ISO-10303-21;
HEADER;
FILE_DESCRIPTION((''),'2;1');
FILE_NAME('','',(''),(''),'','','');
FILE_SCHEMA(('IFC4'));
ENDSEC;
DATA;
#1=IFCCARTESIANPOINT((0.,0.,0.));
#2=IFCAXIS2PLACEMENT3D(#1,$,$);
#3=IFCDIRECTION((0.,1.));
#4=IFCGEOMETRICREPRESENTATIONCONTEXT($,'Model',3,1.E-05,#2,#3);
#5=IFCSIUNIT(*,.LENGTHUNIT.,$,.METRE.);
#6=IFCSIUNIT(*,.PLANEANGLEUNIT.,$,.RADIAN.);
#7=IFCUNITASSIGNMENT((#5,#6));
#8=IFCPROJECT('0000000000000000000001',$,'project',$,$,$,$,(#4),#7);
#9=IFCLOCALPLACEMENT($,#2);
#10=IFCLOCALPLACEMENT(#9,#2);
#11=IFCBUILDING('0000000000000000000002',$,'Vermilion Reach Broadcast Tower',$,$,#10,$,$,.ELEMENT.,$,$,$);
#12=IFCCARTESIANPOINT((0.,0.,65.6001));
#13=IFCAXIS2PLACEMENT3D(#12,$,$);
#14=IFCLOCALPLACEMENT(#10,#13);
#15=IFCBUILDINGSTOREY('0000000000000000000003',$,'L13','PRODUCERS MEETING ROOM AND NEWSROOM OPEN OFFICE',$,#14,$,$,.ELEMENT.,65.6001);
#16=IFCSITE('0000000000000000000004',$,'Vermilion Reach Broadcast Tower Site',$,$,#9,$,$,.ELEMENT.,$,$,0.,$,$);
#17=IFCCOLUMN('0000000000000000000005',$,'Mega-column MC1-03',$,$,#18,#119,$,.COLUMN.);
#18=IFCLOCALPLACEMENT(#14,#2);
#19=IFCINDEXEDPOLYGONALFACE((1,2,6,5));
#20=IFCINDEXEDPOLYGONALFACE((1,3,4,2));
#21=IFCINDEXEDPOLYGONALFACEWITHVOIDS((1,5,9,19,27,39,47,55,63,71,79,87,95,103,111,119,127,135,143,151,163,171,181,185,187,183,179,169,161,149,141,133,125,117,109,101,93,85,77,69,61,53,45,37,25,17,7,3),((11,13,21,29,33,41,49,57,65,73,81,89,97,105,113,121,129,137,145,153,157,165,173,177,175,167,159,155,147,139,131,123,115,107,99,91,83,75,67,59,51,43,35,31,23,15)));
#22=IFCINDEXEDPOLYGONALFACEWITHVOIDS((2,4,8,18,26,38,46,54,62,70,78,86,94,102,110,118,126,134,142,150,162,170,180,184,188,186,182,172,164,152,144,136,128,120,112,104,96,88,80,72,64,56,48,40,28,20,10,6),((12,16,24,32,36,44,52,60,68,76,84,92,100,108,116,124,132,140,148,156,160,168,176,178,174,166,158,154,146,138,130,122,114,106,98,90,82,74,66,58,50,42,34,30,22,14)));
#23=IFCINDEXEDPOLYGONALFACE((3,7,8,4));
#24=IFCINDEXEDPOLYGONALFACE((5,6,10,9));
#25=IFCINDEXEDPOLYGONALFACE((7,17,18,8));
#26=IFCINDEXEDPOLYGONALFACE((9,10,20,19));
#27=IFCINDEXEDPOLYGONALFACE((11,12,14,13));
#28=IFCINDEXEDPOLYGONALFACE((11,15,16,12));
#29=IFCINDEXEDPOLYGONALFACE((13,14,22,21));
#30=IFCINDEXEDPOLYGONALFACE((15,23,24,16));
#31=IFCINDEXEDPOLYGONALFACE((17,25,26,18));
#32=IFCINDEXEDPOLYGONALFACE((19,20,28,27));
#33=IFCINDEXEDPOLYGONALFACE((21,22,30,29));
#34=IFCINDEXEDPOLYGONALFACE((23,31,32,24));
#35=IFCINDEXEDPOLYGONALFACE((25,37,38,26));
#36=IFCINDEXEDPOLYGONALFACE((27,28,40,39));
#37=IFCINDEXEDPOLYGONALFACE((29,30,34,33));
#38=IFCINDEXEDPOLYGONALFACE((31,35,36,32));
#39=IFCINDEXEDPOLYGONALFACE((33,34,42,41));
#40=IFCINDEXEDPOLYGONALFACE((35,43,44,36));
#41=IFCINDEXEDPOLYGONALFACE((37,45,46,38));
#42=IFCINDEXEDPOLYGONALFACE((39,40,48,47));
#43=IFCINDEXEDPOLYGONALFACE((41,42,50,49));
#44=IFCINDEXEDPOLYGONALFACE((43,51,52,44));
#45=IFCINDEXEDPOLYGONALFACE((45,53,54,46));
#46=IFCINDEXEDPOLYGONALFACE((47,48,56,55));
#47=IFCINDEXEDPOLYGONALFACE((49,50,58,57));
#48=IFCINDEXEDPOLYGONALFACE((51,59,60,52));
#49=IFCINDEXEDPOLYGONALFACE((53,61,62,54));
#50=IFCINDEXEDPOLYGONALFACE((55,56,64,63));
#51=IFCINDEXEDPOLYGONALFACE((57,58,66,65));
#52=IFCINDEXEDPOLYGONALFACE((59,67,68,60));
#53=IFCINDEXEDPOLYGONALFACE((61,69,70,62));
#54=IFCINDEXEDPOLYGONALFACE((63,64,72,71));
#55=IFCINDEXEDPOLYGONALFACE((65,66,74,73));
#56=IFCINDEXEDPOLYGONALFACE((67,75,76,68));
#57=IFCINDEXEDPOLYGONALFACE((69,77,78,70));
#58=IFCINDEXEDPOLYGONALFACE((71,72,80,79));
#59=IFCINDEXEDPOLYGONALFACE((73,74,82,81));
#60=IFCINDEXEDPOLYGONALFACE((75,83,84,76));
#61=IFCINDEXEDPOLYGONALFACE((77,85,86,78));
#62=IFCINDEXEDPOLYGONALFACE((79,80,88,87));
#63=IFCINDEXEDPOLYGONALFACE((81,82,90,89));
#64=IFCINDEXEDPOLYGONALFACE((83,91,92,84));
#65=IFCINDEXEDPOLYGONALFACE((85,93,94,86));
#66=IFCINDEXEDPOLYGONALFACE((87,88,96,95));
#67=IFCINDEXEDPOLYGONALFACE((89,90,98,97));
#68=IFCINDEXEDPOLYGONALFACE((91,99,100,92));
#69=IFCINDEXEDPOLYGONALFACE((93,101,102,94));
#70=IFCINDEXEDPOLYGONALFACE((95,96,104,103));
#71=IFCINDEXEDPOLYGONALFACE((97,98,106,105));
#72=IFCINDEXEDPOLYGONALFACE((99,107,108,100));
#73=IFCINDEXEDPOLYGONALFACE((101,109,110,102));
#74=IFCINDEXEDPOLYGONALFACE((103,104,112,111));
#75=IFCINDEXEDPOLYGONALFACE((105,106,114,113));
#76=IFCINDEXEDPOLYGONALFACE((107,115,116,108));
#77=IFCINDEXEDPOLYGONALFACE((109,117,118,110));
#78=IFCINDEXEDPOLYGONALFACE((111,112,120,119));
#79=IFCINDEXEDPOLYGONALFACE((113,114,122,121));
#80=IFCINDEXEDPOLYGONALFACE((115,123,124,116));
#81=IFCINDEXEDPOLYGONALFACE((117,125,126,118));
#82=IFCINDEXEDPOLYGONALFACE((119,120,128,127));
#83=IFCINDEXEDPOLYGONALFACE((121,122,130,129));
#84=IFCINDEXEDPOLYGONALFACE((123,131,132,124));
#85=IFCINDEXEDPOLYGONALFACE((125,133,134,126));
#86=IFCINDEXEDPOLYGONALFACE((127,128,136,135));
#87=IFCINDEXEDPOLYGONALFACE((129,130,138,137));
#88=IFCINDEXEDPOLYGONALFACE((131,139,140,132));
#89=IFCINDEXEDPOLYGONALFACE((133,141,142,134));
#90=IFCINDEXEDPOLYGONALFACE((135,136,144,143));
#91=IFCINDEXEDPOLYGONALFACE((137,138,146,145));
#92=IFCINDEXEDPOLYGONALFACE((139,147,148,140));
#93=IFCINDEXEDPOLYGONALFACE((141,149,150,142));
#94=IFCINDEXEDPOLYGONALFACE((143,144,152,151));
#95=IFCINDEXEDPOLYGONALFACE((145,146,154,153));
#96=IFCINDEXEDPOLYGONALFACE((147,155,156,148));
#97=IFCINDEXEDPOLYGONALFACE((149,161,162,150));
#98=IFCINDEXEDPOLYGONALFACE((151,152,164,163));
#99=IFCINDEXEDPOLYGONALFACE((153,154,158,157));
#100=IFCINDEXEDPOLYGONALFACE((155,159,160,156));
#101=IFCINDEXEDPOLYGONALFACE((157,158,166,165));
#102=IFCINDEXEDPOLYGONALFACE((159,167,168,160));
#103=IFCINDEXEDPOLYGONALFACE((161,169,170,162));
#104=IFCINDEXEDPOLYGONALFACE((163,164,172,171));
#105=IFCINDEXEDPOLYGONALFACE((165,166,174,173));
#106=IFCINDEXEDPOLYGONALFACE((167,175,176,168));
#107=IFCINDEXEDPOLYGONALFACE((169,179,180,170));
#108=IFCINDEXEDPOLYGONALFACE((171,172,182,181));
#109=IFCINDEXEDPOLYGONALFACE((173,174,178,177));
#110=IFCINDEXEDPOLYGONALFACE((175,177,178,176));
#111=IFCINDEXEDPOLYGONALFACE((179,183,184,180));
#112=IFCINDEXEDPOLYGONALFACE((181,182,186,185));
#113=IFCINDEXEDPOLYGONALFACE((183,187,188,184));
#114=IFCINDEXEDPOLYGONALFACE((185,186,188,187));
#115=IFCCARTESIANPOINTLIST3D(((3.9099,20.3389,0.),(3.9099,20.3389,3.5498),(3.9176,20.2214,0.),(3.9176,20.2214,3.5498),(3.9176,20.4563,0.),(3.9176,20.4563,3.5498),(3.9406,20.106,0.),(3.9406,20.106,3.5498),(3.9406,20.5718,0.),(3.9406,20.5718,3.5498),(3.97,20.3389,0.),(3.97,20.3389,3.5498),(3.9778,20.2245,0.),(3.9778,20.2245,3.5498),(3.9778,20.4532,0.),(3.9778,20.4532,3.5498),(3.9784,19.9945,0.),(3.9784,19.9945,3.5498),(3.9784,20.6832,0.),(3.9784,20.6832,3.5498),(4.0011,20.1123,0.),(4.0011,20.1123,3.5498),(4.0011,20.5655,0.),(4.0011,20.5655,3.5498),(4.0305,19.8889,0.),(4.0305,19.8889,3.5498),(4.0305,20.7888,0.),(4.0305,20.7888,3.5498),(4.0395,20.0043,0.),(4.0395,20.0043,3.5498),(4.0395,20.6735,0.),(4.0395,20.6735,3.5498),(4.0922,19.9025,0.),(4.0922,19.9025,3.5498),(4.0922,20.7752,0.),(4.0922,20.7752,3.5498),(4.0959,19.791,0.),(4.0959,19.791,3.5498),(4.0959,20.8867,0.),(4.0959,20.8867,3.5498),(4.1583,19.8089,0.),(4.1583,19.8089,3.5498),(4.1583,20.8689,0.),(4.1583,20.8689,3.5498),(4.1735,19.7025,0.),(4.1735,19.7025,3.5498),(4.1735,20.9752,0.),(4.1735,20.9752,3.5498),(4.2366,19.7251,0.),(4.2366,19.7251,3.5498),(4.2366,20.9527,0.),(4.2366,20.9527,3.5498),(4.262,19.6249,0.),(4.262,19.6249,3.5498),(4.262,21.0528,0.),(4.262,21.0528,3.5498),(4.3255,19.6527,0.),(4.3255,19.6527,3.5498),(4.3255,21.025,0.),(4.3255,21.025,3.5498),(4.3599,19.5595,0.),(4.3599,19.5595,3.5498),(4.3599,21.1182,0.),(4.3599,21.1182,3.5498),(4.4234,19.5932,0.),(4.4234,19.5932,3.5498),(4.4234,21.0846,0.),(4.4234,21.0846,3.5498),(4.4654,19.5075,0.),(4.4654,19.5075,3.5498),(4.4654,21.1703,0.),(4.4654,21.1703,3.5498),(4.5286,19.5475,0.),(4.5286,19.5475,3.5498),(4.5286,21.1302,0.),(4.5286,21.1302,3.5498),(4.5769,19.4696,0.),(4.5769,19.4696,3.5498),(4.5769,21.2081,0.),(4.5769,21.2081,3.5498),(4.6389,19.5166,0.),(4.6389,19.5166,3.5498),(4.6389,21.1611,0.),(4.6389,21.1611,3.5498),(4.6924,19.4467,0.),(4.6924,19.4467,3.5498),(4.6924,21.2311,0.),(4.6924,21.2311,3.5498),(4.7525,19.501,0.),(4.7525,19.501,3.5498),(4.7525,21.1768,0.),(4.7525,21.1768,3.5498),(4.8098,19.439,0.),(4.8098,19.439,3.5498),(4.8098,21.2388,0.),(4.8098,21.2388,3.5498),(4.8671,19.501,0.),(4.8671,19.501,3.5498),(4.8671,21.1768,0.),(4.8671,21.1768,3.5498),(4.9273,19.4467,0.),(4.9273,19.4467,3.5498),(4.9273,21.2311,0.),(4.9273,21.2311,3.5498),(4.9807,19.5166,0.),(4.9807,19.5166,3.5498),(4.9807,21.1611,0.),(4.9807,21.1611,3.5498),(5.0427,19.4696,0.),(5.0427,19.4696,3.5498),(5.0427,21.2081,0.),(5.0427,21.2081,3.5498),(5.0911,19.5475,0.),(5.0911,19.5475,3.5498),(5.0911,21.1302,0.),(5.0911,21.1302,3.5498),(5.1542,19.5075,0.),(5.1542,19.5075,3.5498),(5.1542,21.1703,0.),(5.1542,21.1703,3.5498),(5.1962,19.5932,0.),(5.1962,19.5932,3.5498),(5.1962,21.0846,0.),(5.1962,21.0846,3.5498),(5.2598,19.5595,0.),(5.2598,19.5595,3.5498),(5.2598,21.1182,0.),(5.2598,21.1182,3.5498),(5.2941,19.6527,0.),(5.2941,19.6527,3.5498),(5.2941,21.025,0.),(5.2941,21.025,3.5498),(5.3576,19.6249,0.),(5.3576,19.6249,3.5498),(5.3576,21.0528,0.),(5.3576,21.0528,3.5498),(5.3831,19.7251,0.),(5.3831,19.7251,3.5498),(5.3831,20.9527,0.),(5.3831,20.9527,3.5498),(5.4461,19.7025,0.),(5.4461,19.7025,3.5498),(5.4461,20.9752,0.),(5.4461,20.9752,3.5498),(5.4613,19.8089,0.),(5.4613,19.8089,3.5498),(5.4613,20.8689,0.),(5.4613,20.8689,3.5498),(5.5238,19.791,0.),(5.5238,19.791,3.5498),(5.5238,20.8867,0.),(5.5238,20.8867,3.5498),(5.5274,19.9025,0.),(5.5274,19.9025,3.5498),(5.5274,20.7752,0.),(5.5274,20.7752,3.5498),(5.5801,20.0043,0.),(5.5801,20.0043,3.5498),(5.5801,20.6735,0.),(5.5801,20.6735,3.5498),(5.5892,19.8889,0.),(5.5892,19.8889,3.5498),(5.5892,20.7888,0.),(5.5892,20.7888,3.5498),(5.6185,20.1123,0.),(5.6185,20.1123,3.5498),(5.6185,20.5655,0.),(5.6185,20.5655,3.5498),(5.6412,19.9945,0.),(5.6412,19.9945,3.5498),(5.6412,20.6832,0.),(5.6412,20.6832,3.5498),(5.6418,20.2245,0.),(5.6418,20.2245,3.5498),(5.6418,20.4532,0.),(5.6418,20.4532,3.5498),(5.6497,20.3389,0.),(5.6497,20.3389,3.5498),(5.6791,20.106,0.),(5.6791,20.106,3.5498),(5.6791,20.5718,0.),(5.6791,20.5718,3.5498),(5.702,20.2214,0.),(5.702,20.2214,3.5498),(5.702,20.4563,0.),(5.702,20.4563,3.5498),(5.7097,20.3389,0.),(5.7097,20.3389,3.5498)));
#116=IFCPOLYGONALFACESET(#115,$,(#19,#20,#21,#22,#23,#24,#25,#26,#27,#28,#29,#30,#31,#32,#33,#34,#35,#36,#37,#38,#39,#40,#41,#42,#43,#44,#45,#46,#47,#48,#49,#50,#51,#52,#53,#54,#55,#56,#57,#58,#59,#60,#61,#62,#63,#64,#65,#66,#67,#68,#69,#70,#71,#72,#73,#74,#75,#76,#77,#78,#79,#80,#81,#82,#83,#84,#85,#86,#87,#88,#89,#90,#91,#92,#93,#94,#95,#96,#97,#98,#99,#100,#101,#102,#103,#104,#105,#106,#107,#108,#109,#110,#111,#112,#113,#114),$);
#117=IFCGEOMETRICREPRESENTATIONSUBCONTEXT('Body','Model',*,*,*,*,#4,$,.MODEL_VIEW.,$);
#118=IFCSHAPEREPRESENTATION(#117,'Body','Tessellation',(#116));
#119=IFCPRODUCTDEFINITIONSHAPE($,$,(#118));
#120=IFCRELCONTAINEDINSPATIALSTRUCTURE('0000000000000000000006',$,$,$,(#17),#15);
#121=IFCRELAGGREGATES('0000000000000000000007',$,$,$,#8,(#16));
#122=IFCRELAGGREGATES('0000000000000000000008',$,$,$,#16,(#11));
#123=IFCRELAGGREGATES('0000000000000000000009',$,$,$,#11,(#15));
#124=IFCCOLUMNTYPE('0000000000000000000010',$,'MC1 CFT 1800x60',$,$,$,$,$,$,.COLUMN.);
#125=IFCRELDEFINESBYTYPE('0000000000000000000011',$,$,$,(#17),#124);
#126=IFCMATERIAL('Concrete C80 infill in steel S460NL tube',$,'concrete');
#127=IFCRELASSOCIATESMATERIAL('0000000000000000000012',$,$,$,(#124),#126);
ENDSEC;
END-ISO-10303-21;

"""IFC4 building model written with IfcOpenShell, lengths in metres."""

from ifc_helpers import new_model, si_unit, direction, frame, origin, origin_2d, place, context, subcontext, project, spatial, hollow_circle, extrude, material, material_profile, profile_set, type_object, element, save


model = new_model("IFC4")

# Units and contexts
model_context = context("Model", 3, precision=1e-05, world=origin(), true_north=direction((0.0, 1.0)))
body_context = subcontext(model_context, "Body", "Model", "MODEL_VIEW")
ifc_project = project(units=[si_unit("LENGTHUNIT", "METRE"), si_unit("PLANEANGLEUNIT", "RADIAN")], contexts=[model_context])

# Site, building, storey
site_placement = place(None, origin())
site = spatial("IfcSite", under=ifc_project, at=site_placement, Name="Vermilion Reach Broadcast Tower Site", CompositionType="ELEMENT", RefElevation=0.0)
building_placement = place(site_placement, origin())
building = spatial("IfcBuilding", under=site, at=building_placement, Name="Vermilion Reach Broadcast Tower", CompositionType="ELEMENT")
storey_placement = place(building_placement, frame((0.0, 0.0, 65.6001)))
storey = spatial("IfcBuildingStorey", under=building, at=storey_placement, Name="L13", Description="PRODUCERS MEETING ROOM AND NEWSROOM OPEN OFFICE", CompositionType="ELEMENT", Elevation=65.6001)

# Column
ifc_material_1 = material(Name="Concrete C80 infill in steel S460NL tube", Category="concrete")
ifc_material_profile_1 = material_profile(ifc_material_1, hollow_circle(Radius=0.8999, WallThickness=0.0601, at=origin_2d()), Name="Concrete C80 infill in steel S460NL tube CFT 1800x60")
ifc_profile_set_1 = profile_set([ifc_material_profile_1], Name="Concrete C80 infill in steel S460NL tube")
column_type = type_object("IfcColumnType", Name="MC1 CFT 1800x60", PredefinedType="COLUMN", material=ifc_profile_set_1)
for number, where, z_axis, x_axis, name in (
    (1, (4.8098, 20.3389, 0.0), (0.0, 0.0, 1.0), (1.0, 0.0, 0.0), "Mega-column MC1-03"),
):
    element("IfcColumn", number, at=place(storey_placement, frame(where, z_axis=z_axis, x_axis=x_axis)), inside=storey, type_object=column_type, Name=name, PredefinedType="COLUMN", context=body_context, shape_type="SweptSolid", body=[
        extrude(hollow_circle(Radius=0.8999, WallThickness=0.0601, at=origin_2d()), origin(), (0.0, 0.0, 1.0), 3.5498),
    ])

save(model, "model.ifc")
